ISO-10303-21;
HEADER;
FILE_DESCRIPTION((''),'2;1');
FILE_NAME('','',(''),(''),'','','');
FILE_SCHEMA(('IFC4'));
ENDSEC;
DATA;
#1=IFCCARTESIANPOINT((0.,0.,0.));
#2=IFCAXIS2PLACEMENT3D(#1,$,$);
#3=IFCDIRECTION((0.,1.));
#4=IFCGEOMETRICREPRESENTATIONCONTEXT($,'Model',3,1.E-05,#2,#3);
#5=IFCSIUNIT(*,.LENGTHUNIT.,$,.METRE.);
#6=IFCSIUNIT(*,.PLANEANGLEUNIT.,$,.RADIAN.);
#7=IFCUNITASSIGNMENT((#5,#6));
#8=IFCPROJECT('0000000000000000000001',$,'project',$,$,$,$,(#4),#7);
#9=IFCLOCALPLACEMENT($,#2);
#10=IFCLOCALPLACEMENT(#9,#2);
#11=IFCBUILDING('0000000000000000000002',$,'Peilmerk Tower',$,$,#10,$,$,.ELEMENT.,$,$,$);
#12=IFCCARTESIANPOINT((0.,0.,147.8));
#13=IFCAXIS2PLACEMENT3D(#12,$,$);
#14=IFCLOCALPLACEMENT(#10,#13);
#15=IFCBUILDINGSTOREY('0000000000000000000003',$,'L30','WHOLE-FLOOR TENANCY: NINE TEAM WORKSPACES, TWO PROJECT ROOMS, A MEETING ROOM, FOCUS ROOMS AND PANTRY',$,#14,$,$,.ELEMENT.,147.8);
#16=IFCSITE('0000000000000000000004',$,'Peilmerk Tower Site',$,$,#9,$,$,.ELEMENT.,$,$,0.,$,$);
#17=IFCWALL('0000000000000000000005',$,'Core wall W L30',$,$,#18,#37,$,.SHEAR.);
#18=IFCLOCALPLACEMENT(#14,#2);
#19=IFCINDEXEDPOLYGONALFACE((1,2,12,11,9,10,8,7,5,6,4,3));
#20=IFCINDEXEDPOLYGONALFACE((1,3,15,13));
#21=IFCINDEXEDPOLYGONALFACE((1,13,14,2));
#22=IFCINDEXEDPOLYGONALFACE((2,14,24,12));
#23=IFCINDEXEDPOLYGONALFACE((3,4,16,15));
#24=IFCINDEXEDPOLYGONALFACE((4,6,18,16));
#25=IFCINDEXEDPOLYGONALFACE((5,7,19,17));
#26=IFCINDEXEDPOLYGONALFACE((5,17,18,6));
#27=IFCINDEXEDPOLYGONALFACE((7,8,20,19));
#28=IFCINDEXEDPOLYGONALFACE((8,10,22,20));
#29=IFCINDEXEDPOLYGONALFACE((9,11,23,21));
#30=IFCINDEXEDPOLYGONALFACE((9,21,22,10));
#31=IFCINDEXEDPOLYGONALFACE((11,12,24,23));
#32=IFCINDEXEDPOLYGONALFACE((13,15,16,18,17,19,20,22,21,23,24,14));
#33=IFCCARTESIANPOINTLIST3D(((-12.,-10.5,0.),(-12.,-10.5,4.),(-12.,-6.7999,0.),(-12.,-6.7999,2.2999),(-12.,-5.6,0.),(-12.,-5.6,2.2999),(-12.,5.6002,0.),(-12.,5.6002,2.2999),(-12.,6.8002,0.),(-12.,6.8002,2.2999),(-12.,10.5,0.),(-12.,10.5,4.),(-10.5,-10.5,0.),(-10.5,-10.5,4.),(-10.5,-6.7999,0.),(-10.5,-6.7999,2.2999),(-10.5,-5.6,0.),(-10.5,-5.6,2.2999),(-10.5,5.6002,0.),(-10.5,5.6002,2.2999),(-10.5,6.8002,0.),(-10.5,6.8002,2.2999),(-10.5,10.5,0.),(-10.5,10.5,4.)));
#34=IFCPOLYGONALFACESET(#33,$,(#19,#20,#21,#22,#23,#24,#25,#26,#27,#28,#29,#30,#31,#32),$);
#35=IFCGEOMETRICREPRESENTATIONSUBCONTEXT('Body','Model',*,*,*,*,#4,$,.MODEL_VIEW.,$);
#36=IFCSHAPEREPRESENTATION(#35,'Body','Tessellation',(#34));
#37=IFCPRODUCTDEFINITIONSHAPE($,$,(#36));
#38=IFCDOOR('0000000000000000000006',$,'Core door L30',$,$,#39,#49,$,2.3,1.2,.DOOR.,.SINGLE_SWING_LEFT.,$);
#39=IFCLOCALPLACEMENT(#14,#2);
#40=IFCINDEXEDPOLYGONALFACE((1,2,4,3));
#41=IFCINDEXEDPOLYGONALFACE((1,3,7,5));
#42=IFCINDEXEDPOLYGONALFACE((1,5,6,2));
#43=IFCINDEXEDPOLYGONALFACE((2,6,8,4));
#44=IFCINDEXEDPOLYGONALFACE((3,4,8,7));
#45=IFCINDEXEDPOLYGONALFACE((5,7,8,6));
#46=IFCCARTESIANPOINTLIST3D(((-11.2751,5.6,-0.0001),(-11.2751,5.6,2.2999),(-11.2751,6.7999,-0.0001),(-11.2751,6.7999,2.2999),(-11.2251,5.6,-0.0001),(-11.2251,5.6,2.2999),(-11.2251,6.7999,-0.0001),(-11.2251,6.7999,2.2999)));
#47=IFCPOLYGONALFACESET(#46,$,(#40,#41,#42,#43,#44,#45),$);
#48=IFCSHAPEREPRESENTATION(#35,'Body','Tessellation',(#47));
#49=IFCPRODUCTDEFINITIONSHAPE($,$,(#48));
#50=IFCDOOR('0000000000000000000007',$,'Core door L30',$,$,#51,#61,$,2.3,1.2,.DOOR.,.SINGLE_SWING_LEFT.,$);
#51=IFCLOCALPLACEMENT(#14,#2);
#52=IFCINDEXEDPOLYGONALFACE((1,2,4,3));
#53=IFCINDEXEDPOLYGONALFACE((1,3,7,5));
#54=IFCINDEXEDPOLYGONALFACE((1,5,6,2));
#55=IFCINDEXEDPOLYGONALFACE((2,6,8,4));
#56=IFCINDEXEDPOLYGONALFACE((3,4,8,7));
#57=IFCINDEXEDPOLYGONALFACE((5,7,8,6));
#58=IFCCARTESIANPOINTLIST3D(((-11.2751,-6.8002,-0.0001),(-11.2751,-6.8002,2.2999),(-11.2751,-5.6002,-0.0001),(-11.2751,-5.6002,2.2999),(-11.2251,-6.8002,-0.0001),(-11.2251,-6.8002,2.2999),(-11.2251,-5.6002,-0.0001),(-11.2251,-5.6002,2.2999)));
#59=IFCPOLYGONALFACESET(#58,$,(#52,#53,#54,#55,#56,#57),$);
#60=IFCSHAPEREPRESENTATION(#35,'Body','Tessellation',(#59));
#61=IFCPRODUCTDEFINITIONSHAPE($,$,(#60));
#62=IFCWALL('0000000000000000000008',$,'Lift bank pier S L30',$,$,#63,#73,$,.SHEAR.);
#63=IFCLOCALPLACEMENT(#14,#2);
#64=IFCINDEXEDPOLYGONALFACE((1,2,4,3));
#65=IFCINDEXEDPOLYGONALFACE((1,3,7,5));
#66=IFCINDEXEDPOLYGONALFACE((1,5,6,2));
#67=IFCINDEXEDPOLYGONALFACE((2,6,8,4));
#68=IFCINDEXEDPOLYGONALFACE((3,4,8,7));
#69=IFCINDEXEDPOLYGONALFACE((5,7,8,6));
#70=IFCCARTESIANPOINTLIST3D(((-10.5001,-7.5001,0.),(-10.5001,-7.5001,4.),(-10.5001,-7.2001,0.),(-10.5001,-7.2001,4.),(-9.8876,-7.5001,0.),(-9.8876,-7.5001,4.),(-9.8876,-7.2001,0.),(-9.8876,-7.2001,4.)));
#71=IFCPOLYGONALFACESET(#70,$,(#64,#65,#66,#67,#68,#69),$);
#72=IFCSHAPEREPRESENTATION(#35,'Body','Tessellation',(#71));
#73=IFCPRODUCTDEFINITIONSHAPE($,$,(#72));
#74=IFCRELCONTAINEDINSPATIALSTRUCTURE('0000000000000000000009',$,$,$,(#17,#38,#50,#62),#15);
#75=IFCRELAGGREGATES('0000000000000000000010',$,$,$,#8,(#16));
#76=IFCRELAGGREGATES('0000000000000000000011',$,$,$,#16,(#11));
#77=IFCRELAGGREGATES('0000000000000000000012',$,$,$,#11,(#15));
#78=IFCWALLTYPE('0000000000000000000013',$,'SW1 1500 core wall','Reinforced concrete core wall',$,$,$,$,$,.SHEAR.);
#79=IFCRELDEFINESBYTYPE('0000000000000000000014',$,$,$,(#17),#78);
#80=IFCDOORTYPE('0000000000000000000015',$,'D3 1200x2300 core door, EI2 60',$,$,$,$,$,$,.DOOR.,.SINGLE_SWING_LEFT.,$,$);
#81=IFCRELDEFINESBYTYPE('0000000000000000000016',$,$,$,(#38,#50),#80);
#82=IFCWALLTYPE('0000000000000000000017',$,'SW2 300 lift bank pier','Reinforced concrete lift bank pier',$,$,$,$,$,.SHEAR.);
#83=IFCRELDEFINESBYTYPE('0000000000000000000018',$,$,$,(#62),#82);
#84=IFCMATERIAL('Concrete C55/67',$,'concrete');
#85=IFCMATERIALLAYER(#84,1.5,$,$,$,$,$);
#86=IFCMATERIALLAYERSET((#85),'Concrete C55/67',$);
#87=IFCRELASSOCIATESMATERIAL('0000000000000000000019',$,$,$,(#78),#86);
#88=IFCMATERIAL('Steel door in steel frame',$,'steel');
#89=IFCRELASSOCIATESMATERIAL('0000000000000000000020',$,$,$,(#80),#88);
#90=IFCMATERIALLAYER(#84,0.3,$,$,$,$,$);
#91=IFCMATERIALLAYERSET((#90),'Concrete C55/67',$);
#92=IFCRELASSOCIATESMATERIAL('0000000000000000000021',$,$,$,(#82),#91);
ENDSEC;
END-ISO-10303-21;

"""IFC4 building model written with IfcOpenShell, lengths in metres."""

from ifc_helpers import new_model, si_unit, direction, frame, frame_2d, origin, place, context, subcontext, project, spatial, rectangle, extrude, material, layer, layer_set, type_object, element, fill, save


model = new_model("IFC4")

# Units and contexts
model_context = context("Model", 3, precision=1e-05, world=origin(), true_north=direction((0.0, 1.0)))
body_context = subcontext(model_context, "Body", "Model", "MODEL_VIEW")
ifc_project = project(units=[si_unit("LENGTHUNIT", "METRE"), si_unit("PLANEANGLEUNIT", "RADIAN")], contexts=[model_context])

# Site, building, storey
site_placement = place(None, origin())
site = spatial("IfcSite", under=ifc_project, at=site_placement, Name="Peilmerk Tower Site", CompositionType="ELEMENT", RefElevation=0.0)
building_placement = place(site_placement, origin())
building = spatial("IfcBuilding", under=site, at=building_placement, Name="Peilmerk Tower", CompositionType="ELEMENT")
storey_placement = place(building_placement, frame((0.0, 0.0, 147.8)))
storey = spatial("IfcBuildingStorey", under=building, at=storey_placement, Name="L30", Description="WHOLE-FLOOR TENANCY: NINE TEAM WORKSPACES, TWO PROJECT ROOMS, A MEETING ROOM, FOCUS ROOMS AND PANTRY", CompositionType="ELEMENT", Elevation=147.8)

# Wall, openings, doors
ifc_material_1 = material(Name="Concrete C55/67", Category="concrete")
ifc_layer_1 = layer(ifc_material_1, 1.5)
ifc_layer_set_1 = layer_set([ifc_layer_1], Name="Concrete C55/67")
wall_type_1 = type_object("IfcWallType", Name="SW1 1500 core wall", Description="Reinforced concrete core wall", PredefinedType="SHEAR", material=ifc_layer_set_1)
wall_1_placement = place(storey_placement, frame((-11.25, -10.5, 0.0), z_axis=(0.0, 0.0, 1.0), x_axis=(0.0, 1.0, 0.0)))
wall_1 = element("IfcWall", 1, at=wall_1_placement, inside=storey, type_object=wall_type_1, Name="Core wall W L30", PredefinedType="SHEAR", context=body_context, shape_type="SweptSolid", body=[
    extrude(rectangle(XDim=21.0, YDim=1.5, at=frame_2d((10.5, 0.0))), origin(), (0.0, 0.0, 1.0), 4.0),
])
opening_1_placement = place(wall_1_placement, frame((16.1001, 0.0, 0.0)))
opening_1 = element("IfcOpeningElement", 2, at=opening_1_placement, cuts=wall_1, PredefinedType="OPENING", context=body_context, shape_type="SweptSolid", body=[
    extrude(rectangle(XDim=1.2, YDim=2.3, at=frame_2d((0.6001, 1.1499))), frame((0.0, 0.76, 0.0), z_axis=(0.0, -1.0, 0.0), x_axis=(1.0, 0.0, 0.0)), (0.0, 0.0, 1.0), 1.52),
])
opening_2_placement = place(wall_1_placement, frame((3.7, 0.0, 0.0)))
opening_2 = element("IfcOpeningElement", 3, at=opening_2_placement, cuts=wall_1, PredefinedType="OPENING", context=body_context, shape_type="SweptSolid", body=[
    extrude(rectangle(XDim=1.2, YDim=2.3, at=frame_2d((0.6001, 1.1499))), frame((0.0, 0.76, 0.0), z_axis=(0.0, -1.0, 0.0), x_axis=(1.0, 0.0, 0.0)), (0.0, 0.0, 1.0), 1.52),
])
ifc_material_2 = material(Name="Steel door in steel frame", Category="steel")
door_type_1 = type_object("IfcDoorType", Name="D3 1200x2300 core door, EI2 60", OperationType="SINGLE_SWING_LEFT", PredefinedType="DOOR", material=ifc_material_2)
door_1_placement = place(opening_1_placement, frame((1.2, 0.0, 0.0), z_axis=(0.0, 0.0, 1.0), x_axis=(-1.0, 0.0, 0.0)))
door_1 = element("IfcDoor", 4, at=door_1_placement, inside=storey, type_object=door_type_1, Name="Core door L30", OperationType="SINGLE_SWING_LEFT", OverallHeight=2.3, OverallWidth=1.2, PredefinedType="DOOR", context=body_context, shape_type="SweptSolid", body=[
    extrude(rectangle(XDim=1.2, YDim=2.3, at=frame_2d((0.6001, 1.1499))), frame((0.0, 0.0249, 0.0), z_axis=(0.0, -1.0, 0.0), x_axis=(1.0, 0.0, 0.0)), (0.0, 0.0, 1.0), 0.05),
])
fill(opening_1, door_1)
door_2_placement = place(opening_2_placement, frame((1.2, 0.0, 0.0), z_axis=(0.0, 0.0, 1.0), x_axis=(-1.0, 0.0, 0.0)))
door_2 = element("IfcDoor", 5, at=door_2_placement, inside=storey, type_object=door_type_1, Name="Core door L30", OperationType="SINGLE_SWING_LEFT", OverallHeight=2.3, OverallWidth=1.2, PredefinedType="DOOR", context=body_context, shape_type="SweptSolid", body=[
    extrude(rectangle(XDim=1.2, YDim=2.3, at=frame_2d((0.6001, 1.1499))), frame((0.0, 0.0249, 0.0), z_axis=(0.0, -1.0, 0.0), x_axis=(1.0, 0.0, 0.0)), (0.0, 0.0, 1.0), 0.05),
])
fill(opening_2, door_2)

# Wall
ifc_layer_2 = layer(ifc_material_1, 0.3)
ifc_layer_set_2 = layer_set([ifc_layer_2], Name="Concrete C55/67")
wall_type_2 = type_object("IfcWallType", Name="SW2 300 lift bank pier", Description="Reinforced concrete lift bank pier", PredefinedType="SHEAR", material=ifc_layer_set_2)
wall_2_placement = place(storey_placement, frame((-10.5, -7.3501, 0.0), z_axis=(0.0, 0.0, 1.0), x_axis=(1.0, 0.0, 0.0)))
element("IfcWall", 6, at=wall_2_placement, inside=storey, type_object=wall_type_2, Name="Lift bank pier S L30", PredefinedType="SHEAR", context=body_context, shape_type="SweptSolid", body=[
    extrude(rectangle(XDim=0.6125, YDim=0.3, at=frame_2d((0.3062, 0.0))), origin(), (0.0, 0.0, 1.0), 4.0),
])

save(model, "model.ifc")
